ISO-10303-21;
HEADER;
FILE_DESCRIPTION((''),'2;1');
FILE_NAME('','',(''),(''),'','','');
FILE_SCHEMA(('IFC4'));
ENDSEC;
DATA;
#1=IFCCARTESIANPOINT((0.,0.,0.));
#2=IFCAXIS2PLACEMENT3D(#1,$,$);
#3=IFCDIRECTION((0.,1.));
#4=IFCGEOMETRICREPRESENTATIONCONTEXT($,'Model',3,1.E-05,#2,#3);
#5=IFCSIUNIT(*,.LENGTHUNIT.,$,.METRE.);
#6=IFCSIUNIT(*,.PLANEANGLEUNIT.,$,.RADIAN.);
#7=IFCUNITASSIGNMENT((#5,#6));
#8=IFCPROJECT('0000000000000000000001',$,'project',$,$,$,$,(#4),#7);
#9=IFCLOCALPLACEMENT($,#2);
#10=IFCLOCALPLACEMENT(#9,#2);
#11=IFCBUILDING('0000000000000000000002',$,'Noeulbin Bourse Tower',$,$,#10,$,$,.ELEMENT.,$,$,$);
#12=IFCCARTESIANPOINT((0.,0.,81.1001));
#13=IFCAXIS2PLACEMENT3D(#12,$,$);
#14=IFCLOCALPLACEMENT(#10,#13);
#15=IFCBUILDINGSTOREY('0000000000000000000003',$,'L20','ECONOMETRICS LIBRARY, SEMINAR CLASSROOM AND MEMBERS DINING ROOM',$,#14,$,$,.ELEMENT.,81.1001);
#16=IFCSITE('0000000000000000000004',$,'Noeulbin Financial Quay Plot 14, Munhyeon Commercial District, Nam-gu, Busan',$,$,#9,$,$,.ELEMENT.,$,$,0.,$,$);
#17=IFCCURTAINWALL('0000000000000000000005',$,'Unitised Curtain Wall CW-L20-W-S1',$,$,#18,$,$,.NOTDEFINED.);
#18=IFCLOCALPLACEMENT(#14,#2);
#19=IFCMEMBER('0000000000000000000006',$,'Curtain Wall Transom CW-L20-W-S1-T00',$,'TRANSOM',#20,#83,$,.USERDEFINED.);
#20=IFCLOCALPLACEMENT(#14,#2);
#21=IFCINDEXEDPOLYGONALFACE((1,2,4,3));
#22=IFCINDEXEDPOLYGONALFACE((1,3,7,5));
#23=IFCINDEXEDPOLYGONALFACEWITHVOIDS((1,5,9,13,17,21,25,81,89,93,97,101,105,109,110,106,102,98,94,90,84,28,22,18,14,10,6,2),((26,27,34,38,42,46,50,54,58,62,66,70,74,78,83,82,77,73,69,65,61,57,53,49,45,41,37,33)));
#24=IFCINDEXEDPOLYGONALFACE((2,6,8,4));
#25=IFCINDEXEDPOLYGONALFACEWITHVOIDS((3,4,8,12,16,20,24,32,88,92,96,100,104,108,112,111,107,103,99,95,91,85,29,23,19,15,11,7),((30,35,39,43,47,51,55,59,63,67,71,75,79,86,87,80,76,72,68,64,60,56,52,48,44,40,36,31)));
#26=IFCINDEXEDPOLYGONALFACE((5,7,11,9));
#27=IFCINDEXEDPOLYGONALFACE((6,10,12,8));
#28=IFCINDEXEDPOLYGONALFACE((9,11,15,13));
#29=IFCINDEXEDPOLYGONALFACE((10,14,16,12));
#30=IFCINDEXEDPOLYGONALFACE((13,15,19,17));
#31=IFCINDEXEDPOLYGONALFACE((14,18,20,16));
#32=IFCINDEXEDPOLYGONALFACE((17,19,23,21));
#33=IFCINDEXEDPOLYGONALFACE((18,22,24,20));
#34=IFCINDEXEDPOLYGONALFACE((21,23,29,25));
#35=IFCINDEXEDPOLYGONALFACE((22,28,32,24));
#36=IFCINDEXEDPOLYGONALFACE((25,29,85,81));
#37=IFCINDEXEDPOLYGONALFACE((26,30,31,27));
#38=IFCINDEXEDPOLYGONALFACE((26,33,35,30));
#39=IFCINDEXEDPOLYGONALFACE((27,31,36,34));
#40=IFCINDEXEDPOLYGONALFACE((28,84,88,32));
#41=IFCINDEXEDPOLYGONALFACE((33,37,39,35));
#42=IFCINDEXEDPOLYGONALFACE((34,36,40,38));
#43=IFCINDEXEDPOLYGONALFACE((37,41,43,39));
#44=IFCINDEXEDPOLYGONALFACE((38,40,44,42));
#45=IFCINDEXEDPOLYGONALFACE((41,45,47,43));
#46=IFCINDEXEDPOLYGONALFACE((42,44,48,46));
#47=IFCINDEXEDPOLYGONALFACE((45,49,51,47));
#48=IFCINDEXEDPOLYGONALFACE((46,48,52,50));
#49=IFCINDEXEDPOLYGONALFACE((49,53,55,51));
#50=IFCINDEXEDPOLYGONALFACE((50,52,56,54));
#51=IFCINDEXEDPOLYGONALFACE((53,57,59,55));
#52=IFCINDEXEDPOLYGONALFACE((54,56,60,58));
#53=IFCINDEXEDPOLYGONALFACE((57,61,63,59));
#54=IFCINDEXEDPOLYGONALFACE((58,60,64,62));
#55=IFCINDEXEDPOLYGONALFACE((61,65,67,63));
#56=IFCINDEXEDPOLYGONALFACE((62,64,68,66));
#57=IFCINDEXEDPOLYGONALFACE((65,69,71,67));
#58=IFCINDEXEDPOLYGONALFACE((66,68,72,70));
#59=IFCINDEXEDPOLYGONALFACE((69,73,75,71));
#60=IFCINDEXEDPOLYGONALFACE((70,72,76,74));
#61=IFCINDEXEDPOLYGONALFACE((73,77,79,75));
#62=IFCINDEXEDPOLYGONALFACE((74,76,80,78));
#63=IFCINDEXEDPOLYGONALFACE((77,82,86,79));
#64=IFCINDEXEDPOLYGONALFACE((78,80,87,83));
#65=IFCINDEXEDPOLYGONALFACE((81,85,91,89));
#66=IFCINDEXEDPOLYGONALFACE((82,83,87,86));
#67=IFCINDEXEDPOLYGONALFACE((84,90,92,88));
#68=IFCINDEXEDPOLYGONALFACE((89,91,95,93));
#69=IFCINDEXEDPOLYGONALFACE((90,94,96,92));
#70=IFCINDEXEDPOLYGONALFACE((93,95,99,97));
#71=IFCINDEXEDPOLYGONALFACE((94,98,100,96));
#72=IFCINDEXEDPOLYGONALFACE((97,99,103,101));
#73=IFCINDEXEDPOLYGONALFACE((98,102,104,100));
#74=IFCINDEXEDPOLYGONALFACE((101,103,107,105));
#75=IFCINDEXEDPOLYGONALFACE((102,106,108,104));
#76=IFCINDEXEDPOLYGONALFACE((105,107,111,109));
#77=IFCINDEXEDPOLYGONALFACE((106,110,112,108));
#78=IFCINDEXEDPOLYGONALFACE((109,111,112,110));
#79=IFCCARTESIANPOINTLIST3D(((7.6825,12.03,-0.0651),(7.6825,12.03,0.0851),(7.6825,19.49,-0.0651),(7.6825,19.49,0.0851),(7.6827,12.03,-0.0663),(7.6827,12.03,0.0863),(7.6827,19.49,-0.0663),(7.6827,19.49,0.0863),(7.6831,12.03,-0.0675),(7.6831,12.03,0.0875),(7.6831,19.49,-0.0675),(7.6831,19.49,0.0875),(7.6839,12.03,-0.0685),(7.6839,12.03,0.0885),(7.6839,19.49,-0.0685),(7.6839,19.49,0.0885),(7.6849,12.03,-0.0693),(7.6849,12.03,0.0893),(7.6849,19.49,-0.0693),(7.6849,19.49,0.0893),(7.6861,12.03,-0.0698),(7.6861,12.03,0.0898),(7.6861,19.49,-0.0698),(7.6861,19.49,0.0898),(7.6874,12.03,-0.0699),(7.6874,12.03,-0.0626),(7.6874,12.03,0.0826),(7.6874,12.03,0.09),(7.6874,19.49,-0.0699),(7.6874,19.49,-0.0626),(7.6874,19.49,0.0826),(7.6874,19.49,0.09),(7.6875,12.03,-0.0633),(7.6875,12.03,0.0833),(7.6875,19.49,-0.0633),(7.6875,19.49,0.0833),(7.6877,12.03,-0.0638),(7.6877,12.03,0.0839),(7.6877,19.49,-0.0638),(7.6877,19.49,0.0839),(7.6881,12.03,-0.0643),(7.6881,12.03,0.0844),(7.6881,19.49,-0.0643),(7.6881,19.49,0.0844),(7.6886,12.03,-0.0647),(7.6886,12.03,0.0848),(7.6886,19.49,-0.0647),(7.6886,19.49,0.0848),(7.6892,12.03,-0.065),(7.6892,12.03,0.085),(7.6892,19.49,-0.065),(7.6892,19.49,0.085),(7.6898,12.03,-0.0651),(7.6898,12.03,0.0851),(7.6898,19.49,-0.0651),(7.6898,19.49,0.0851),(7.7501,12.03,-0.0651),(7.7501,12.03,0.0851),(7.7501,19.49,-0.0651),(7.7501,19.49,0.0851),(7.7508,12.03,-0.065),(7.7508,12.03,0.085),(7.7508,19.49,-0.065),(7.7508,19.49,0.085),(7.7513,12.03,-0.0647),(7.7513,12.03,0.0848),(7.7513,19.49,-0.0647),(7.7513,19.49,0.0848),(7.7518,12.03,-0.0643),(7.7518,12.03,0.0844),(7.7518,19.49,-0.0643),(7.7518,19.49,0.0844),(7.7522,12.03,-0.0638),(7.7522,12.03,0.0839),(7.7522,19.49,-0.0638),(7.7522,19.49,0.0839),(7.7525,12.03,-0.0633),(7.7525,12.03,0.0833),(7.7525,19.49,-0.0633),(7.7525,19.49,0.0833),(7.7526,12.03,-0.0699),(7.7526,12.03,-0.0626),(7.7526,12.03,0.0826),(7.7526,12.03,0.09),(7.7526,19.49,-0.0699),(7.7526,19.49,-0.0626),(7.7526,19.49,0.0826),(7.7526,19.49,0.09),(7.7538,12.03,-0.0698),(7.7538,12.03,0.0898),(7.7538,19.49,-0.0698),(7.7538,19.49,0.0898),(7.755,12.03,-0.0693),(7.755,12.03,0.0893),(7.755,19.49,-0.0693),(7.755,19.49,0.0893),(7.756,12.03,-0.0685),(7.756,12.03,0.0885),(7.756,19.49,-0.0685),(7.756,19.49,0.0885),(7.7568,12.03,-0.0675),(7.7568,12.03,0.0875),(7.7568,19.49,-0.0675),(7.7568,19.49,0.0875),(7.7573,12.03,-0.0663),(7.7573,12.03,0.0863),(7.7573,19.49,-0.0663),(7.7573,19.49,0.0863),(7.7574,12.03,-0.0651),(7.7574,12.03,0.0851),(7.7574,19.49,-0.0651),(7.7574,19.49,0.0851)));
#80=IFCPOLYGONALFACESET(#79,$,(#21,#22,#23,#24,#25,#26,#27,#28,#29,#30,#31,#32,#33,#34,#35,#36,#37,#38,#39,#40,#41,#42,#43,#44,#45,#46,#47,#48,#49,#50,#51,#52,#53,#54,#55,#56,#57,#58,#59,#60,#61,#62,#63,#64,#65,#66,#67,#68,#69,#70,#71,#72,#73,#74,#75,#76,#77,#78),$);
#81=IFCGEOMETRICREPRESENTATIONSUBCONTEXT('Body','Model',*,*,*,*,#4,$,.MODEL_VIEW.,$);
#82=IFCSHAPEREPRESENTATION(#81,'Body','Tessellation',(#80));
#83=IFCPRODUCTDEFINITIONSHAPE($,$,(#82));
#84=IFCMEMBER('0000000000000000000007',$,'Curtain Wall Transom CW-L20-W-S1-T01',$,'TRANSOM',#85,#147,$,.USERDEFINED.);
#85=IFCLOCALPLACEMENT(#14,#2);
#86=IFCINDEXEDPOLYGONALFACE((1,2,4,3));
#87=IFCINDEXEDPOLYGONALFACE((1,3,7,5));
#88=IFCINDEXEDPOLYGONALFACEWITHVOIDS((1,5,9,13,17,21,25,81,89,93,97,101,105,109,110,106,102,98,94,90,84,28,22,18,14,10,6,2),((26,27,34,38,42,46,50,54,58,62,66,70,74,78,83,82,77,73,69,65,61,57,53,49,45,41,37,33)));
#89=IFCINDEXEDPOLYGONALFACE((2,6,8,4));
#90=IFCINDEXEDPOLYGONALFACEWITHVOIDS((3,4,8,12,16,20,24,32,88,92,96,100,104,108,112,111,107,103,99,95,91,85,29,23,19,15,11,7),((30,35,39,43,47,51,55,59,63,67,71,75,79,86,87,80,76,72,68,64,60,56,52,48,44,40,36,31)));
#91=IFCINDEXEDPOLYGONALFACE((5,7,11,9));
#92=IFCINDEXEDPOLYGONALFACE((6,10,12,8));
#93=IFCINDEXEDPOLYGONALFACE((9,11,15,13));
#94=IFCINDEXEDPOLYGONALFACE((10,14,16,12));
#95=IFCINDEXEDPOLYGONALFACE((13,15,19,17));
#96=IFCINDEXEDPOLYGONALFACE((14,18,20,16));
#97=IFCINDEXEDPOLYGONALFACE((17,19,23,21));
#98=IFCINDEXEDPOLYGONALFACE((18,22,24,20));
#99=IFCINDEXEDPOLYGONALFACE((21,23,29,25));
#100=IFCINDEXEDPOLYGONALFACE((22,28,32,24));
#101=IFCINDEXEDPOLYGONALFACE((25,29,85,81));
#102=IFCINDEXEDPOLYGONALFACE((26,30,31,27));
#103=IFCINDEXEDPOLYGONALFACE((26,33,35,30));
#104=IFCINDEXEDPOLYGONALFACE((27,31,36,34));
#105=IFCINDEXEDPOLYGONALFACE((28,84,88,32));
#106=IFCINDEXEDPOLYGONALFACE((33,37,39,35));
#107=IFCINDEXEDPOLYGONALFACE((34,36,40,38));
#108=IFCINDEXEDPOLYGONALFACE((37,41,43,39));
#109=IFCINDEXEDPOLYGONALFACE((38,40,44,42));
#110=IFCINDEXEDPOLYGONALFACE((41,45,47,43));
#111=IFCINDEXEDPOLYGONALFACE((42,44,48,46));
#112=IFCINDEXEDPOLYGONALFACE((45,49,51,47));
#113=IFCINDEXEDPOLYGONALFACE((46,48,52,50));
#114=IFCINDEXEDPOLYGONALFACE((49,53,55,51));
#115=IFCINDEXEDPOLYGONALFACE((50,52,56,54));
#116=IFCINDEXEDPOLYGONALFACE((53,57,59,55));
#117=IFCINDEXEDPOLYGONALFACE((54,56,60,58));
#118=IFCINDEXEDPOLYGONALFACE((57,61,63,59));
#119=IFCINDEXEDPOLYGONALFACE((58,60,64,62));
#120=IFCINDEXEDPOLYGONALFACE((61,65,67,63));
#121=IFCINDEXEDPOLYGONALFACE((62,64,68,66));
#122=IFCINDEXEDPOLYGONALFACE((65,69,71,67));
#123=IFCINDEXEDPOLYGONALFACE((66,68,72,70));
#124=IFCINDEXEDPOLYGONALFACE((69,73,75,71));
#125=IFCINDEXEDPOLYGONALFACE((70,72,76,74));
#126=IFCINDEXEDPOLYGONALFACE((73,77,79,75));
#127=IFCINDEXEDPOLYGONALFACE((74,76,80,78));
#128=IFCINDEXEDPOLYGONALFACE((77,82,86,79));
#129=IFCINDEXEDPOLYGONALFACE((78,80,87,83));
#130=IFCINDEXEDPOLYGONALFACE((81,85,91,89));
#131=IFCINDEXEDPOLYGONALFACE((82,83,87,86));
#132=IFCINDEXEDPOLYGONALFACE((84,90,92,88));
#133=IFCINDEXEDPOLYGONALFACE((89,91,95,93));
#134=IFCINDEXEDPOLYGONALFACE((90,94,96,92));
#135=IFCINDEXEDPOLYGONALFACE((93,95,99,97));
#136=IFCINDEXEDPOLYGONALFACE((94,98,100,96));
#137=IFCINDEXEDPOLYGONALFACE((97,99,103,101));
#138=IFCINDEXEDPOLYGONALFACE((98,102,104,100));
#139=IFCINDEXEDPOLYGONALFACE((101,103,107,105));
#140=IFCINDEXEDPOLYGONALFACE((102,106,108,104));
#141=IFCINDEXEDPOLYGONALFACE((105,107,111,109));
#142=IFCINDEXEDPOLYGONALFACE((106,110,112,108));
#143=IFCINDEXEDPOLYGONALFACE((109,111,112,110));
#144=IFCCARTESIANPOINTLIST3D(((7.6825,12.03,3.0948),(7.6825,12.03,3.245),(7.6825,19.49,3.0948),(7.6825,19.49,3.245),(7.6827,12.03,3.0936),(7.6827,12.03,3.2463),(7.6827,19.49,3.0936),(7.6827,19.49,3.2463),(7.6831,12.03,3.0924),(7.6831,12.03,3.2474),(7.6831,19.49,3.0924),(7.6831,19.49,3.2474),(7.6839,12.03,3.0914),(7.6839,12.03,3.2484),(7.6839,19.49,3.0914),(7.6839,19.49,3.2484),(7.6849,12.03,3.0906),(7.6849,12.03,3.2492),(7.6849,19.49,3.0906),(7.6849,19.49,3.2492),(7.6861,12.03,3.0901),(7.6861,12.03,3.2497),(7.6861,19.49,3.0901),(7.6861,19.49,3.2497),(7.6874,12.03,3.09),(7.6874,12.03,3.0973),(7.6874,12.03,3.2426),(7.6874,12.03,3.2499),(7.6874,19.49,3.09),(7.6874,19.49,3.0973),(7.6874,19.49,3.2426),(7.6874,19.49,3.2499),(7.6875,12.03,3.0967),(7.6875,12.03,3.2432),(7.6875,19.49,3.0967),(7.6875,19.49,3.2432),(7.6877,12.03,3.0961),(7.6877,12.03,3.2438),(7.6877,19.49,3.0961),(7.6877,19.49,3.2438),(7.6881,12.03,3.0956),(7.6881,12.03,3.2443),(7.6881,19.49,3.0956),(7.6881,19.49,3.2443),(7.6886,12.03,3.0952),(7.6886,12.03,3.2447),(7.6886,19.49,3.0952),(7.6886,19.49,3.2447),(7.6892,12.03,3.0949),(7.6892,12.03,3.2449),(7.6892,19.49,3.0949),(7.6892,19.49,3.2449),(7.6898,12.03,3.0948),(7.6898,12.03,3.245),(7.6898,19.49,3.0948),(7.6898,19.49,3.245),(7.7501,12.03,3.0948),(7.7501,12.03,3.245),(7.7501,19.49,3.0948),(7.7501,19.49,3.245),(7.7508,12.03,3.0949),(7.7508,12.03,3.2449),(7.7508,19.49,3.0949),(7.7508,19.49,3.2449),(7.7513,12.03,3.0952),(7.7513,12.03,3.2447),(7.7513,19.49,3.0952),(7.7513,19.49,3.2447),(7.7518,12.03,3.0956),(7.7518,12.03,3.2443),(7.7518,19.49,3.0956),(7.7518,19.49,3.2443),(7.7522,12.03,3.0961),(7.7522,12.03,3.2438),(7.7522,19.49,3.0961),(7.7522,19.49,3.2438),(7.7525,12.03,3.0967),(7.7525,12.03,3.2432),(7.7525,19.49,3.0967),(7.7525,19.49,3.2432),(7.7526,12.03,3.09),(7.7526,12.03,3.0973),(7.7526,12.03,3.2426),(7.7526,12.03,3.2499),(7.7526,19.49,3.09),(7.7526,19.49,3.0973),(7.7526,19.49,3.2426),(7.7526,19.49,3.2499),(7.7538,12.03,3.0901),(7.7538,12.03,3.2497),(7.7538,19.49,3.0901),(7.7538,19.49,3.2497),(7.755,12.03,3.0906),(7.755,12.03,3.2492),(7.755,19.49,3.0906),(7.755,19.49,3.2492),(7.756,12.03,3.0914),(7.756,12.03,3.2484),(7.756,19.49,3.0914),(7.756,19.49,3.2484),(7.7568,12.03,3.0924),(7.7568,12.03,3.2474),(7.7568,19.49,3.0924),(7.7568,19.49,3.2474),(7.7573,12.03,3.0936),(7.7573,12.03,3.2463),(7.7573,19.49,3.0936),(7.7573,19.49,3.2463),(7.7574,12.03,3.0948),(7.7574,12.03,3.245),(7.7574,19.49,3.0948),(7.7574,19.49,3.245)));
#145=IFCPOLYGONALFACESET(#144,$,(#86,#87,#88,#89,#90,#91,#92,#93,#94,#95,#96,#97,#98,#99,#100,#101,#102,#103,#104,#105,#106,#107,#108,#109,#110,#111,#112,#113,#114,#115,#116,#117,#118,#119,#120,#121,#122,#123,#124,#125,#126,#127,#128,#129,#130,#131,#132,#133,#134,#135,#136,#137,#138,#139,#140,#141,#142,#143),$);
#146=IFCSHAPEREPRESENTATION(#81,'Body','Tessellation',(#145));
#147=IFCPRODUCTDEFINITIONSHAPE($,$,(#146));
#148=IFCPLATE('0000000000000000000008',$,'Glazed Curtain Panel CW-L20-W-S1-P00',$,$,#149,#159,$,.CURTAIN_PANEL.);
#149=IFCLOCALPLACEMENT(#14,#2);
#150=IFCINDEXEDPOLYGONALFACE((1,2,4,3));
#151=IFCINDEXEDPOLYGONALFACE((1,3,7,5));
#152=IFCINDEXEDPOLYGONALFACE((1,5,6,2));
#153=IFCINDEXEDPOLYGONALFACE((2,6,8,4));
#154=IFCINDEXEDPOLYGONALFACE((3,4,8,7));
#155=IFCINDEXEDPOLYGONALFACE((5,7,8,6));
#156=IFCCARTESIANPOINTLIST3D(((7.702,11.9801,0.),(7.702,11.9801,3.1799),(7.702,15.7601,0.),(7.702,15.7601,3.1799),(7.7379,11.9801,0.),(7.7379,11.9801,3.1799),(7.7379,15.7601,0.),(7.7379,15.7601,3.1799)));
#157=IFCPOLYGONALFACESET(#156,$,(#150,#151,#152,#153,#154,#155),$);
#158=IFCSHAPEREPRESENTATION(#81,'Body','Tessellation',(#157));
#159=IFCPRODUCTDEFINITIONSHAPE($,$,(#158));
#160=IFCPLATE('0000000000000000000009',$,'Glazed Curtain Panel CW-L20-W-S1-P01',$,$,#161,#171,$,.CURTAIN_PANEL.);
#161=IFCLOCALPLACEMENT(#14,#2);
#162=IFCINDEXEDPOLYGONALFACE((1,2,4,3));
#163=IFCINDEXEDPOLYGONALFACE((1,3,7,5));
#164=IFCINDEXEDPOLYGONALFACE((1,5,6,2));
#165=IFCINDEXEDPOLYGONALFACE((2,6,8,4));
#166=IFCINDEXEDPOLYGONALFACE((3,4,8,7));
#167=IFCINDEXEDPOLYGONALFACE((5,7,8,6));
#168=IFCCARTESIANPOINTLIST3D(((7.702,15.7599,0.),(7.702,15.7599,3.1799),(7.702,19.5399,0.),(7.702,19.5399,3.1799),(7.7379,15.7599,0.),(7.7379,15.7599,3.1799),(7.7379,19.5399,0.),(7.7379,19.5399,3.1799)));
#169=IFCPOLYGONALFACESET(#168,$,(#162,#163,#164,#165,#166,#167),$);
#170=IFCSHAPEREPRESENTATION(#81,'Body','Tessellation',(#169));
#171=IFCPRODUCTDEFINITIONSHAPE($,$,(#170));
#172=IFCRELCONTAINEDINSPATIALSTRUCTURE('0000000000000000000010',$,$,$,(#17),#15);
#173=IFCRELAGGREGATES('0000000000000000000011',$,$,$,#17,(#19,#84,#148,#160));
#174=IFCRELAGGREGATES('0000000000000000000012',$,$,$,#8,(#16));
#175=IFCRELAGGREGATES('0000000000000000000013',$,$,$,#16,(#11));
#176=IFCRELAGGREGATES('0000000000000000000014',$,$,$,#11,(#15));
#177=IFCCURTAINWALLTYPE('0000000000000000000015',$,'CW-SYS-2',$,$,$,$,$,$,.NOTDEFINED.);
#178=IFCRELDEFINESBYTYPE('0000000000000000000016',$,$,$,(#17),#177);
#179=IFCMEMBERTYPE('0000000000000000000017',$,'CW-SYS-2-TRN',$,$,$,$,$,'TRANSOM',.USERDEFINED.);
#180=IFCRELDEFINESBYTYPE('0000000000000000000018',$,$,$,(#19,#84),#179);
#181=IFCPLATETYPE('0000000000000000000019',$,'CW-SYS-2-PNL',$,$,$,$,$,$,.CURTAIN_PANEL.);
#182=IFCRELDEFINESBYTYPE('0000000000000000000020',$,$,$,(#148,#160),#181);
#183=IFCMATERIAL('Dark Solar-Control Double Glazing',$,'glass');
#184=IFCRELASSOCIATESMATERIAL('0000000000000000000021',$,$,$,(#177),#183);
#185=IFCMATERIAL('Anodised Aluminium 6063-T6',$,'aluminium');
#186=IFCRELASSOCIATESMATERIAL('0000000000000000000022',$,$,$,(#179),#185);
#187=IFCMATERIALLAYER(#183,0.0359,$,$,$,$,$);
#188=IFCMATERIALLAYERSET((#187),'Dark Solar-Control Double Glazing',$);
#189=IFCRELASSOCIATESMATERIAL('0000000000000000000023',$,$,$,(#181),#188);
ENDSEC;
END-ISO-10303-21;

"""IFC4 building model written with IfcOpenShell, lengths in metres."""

from ifc_helpers import new_model, si_unit, direction, frame, origin, origin_2d, place, context, subcontext, project, spatial, rectangle, hollow_rectangle, extrude, material, layer, layer_set, material_profile, profile_set, type_object, element, aggregate, save


model = new_model("IFC4")

# Units and contexts
model_context = context("Model", 3, precision=1e-05, world=origin(), true_north=direction((0.0, 1.0)))
body_context = subcontext(model_context, "Body", "Model", "MODEL_VIEW")
ifc_project = project(units=[si_unit("LENGTHUNIT", "METRE"), si_unit("PLANEANGLEUNIT", "RADIAN")], contexts=[model_context])

# Site, building, storey
site_placement = place(None, origin())
site = spatial("IfcSite", under=ifc_project, at=site_placement, Name="Noeulbin Financial Quay Plot 14, Munhyeon Commercial District, Nam-gu, Busan", CompositionType="ELEMENT", RefElevation=0.0)
building_placement = place(site_placement, origin())
building = spatial("IfcBuilding", under=site, at=building_placement, Name="Noeulbin Bourse Tower", CompositionType="ELEMENT")
storey_placement = place(building_placement, frame((0.0, 0.0, 81.1001)))
storey = spatial("IfcBuildingStorey", under=building, at=storey_placement, Name="L20", Description="ECONOMETRICS LIBRARY, SEMINAR CLASSROOM AND MEMBERS DINING ROOM", CompositionType="ELEMENT", Elevation=81.1001)

# Curtain wall, members, plates
ifc_material_1 = material(Name="Dark Solar-Control Double Glazing", Category="glass")
curtain_wall_type = type_object("IfcCurtainWallType", Name="CW-SYS-2", PredefinedType="NOTDEFINED", material=ifc_material_1)
curtain_wall_placement = place(storey_placement, origin())
curtain_wall = element("IfcCurtainWall", 1, at=curtain_wall_placement, inside=storey, type_object=curtain_wall_type, Name="Unitised Curtain Wall CW-L20-W-S1", PredefinedType="NOTDEFINED")
ifc_material_2 = material(Name="Anodised Aluminium 6063-T6", Category="aluminium")
ifc_material_profile_1 = material_profile(ifc_material_2, hollow_rectangle(XDim=0.075, YDim=0.1599, WallThickness=0.0049, InnerFilletRadius=0.0024, OuterFilletRadius=0.0049, at=origin_2d()), Name="ALU-TRAN-75x160x5", Category="LoadBearing")
ifc_profile_set_1 = profile_set([ifc_material_profile_1], Name="Anodised Aluminium 6063-T6")
member_type_1 = type_object("IfcMemberType", Name="CW-SYS-2-TRN", ElementType="TRANSOM", PredefinedType="USERDEFINED", material=ifc_profile_set_1)
member_1_placement = place(storey_placement, frame((7.72, 12.03, 0.01), z_axis=(0.0, 1.0, 0.0), x_axis=(-1.0, 0.0, 0.0)))
member_1 = element("IfcMember", 2, at=member_1_placement, type_object=member_type_1, Name="Curtain Wall Transom CW-L20-W-S1-T00", ObjectType="TRANSOM", PredefinedType="USERDEFINED", context=body_context, shape_type="SweptSolid", body=[
    extrude(hollow_rectangle(XDim=0.075, YDim=0.1599, WallThickness=0.0049, InnerFilletRadius=0.0024, OuterFilletRadius=0.0049, at=origin_2d()), origin(), (0.0, 0.0, 1.0), 7.46),
])
member_2_placement = place(storey_placement, frame((7.72, 12.03, 3.1699), z_axis=(0.0, 1.0, 0.0), x_axis=(-1.0, 0.0, 0.0)))
member_2 = element("IfcMember", 3, at=member_2_placement, type_object=member_type_1, Name="Curtain Wall Transom CW-L20-W-S1-T01", ObjectType="TRANSOM", PredefinedType="USERDEFINED", context=body_context, shape_type="SweptSolid", body=[
    extrude(hollow_rectangle(XDim=0.075, YDim=0.1599, WallThickness=0.0049, InnerFilletRadius=0.0024, OuterFilletRadius=0.0049, at=origin_2d()), origin(), (0.0, 0.0, 1.0), 7.46),
])
ifc_layer_1 = layer(ifc_material_1, 0.0359)
ifc_layer_set_1 = layer_set([ifc_layer_1], Name="Dark Solar-Control Double Glazing")
plate_type = type_object("IfcPlateType", Name="CW-SYS-2-PNL", PredefinedType="CURTAIN_PANEL", material=ifc_layer_set_1)
plate_1_placement = place(storey_placement, frame((7.72, 13.8701, 0.0), z_axis=(0.0, 0.0, 1.0), x_axis=(0.0, 1.0, 0.0)))
plate_1 = element("IfcPlate", 4, at=plate_1_placement, type_object=plate_type, Name="Glazed Curtain Panel CW-L20-W-S1-P00", PredefinedType="CURTAIN_PANEL", context=body_context, shape_type="SweptSolid", body=[
    extrude(rectangle(XDim=3.78, YDim=0.0359, at=origin_2d()), origin(), (0.0, 0.0, 1.0), 3.1799),
])
plate_2_placement = place(storey_placement, frame((7.72, 17.6499, 0.0), z_axis=(0.0, 0.0, 1.0), x_axis=(0.0, 1.0, 0.0)))
plate_2 = element("IfcPlate", 5, at=plate_2_placement, type_object=plate_type, Name="Glazed Curtain Panel CW-L20-W-S1-P01", PredefinedType="CURTAIN_PANEL", context=body_context, shape_type="SweptSolid", body=[
    extrude(rectangle(XDim=3.78, YDim=0.0359, at=origin_2d()), origin(), (0.0, 0.0, 1.0), 3.1799),
])
aggregate(curtain_wall, [member_1, member_2, plate_1, plate_2])

save(model, "model.ifc")
